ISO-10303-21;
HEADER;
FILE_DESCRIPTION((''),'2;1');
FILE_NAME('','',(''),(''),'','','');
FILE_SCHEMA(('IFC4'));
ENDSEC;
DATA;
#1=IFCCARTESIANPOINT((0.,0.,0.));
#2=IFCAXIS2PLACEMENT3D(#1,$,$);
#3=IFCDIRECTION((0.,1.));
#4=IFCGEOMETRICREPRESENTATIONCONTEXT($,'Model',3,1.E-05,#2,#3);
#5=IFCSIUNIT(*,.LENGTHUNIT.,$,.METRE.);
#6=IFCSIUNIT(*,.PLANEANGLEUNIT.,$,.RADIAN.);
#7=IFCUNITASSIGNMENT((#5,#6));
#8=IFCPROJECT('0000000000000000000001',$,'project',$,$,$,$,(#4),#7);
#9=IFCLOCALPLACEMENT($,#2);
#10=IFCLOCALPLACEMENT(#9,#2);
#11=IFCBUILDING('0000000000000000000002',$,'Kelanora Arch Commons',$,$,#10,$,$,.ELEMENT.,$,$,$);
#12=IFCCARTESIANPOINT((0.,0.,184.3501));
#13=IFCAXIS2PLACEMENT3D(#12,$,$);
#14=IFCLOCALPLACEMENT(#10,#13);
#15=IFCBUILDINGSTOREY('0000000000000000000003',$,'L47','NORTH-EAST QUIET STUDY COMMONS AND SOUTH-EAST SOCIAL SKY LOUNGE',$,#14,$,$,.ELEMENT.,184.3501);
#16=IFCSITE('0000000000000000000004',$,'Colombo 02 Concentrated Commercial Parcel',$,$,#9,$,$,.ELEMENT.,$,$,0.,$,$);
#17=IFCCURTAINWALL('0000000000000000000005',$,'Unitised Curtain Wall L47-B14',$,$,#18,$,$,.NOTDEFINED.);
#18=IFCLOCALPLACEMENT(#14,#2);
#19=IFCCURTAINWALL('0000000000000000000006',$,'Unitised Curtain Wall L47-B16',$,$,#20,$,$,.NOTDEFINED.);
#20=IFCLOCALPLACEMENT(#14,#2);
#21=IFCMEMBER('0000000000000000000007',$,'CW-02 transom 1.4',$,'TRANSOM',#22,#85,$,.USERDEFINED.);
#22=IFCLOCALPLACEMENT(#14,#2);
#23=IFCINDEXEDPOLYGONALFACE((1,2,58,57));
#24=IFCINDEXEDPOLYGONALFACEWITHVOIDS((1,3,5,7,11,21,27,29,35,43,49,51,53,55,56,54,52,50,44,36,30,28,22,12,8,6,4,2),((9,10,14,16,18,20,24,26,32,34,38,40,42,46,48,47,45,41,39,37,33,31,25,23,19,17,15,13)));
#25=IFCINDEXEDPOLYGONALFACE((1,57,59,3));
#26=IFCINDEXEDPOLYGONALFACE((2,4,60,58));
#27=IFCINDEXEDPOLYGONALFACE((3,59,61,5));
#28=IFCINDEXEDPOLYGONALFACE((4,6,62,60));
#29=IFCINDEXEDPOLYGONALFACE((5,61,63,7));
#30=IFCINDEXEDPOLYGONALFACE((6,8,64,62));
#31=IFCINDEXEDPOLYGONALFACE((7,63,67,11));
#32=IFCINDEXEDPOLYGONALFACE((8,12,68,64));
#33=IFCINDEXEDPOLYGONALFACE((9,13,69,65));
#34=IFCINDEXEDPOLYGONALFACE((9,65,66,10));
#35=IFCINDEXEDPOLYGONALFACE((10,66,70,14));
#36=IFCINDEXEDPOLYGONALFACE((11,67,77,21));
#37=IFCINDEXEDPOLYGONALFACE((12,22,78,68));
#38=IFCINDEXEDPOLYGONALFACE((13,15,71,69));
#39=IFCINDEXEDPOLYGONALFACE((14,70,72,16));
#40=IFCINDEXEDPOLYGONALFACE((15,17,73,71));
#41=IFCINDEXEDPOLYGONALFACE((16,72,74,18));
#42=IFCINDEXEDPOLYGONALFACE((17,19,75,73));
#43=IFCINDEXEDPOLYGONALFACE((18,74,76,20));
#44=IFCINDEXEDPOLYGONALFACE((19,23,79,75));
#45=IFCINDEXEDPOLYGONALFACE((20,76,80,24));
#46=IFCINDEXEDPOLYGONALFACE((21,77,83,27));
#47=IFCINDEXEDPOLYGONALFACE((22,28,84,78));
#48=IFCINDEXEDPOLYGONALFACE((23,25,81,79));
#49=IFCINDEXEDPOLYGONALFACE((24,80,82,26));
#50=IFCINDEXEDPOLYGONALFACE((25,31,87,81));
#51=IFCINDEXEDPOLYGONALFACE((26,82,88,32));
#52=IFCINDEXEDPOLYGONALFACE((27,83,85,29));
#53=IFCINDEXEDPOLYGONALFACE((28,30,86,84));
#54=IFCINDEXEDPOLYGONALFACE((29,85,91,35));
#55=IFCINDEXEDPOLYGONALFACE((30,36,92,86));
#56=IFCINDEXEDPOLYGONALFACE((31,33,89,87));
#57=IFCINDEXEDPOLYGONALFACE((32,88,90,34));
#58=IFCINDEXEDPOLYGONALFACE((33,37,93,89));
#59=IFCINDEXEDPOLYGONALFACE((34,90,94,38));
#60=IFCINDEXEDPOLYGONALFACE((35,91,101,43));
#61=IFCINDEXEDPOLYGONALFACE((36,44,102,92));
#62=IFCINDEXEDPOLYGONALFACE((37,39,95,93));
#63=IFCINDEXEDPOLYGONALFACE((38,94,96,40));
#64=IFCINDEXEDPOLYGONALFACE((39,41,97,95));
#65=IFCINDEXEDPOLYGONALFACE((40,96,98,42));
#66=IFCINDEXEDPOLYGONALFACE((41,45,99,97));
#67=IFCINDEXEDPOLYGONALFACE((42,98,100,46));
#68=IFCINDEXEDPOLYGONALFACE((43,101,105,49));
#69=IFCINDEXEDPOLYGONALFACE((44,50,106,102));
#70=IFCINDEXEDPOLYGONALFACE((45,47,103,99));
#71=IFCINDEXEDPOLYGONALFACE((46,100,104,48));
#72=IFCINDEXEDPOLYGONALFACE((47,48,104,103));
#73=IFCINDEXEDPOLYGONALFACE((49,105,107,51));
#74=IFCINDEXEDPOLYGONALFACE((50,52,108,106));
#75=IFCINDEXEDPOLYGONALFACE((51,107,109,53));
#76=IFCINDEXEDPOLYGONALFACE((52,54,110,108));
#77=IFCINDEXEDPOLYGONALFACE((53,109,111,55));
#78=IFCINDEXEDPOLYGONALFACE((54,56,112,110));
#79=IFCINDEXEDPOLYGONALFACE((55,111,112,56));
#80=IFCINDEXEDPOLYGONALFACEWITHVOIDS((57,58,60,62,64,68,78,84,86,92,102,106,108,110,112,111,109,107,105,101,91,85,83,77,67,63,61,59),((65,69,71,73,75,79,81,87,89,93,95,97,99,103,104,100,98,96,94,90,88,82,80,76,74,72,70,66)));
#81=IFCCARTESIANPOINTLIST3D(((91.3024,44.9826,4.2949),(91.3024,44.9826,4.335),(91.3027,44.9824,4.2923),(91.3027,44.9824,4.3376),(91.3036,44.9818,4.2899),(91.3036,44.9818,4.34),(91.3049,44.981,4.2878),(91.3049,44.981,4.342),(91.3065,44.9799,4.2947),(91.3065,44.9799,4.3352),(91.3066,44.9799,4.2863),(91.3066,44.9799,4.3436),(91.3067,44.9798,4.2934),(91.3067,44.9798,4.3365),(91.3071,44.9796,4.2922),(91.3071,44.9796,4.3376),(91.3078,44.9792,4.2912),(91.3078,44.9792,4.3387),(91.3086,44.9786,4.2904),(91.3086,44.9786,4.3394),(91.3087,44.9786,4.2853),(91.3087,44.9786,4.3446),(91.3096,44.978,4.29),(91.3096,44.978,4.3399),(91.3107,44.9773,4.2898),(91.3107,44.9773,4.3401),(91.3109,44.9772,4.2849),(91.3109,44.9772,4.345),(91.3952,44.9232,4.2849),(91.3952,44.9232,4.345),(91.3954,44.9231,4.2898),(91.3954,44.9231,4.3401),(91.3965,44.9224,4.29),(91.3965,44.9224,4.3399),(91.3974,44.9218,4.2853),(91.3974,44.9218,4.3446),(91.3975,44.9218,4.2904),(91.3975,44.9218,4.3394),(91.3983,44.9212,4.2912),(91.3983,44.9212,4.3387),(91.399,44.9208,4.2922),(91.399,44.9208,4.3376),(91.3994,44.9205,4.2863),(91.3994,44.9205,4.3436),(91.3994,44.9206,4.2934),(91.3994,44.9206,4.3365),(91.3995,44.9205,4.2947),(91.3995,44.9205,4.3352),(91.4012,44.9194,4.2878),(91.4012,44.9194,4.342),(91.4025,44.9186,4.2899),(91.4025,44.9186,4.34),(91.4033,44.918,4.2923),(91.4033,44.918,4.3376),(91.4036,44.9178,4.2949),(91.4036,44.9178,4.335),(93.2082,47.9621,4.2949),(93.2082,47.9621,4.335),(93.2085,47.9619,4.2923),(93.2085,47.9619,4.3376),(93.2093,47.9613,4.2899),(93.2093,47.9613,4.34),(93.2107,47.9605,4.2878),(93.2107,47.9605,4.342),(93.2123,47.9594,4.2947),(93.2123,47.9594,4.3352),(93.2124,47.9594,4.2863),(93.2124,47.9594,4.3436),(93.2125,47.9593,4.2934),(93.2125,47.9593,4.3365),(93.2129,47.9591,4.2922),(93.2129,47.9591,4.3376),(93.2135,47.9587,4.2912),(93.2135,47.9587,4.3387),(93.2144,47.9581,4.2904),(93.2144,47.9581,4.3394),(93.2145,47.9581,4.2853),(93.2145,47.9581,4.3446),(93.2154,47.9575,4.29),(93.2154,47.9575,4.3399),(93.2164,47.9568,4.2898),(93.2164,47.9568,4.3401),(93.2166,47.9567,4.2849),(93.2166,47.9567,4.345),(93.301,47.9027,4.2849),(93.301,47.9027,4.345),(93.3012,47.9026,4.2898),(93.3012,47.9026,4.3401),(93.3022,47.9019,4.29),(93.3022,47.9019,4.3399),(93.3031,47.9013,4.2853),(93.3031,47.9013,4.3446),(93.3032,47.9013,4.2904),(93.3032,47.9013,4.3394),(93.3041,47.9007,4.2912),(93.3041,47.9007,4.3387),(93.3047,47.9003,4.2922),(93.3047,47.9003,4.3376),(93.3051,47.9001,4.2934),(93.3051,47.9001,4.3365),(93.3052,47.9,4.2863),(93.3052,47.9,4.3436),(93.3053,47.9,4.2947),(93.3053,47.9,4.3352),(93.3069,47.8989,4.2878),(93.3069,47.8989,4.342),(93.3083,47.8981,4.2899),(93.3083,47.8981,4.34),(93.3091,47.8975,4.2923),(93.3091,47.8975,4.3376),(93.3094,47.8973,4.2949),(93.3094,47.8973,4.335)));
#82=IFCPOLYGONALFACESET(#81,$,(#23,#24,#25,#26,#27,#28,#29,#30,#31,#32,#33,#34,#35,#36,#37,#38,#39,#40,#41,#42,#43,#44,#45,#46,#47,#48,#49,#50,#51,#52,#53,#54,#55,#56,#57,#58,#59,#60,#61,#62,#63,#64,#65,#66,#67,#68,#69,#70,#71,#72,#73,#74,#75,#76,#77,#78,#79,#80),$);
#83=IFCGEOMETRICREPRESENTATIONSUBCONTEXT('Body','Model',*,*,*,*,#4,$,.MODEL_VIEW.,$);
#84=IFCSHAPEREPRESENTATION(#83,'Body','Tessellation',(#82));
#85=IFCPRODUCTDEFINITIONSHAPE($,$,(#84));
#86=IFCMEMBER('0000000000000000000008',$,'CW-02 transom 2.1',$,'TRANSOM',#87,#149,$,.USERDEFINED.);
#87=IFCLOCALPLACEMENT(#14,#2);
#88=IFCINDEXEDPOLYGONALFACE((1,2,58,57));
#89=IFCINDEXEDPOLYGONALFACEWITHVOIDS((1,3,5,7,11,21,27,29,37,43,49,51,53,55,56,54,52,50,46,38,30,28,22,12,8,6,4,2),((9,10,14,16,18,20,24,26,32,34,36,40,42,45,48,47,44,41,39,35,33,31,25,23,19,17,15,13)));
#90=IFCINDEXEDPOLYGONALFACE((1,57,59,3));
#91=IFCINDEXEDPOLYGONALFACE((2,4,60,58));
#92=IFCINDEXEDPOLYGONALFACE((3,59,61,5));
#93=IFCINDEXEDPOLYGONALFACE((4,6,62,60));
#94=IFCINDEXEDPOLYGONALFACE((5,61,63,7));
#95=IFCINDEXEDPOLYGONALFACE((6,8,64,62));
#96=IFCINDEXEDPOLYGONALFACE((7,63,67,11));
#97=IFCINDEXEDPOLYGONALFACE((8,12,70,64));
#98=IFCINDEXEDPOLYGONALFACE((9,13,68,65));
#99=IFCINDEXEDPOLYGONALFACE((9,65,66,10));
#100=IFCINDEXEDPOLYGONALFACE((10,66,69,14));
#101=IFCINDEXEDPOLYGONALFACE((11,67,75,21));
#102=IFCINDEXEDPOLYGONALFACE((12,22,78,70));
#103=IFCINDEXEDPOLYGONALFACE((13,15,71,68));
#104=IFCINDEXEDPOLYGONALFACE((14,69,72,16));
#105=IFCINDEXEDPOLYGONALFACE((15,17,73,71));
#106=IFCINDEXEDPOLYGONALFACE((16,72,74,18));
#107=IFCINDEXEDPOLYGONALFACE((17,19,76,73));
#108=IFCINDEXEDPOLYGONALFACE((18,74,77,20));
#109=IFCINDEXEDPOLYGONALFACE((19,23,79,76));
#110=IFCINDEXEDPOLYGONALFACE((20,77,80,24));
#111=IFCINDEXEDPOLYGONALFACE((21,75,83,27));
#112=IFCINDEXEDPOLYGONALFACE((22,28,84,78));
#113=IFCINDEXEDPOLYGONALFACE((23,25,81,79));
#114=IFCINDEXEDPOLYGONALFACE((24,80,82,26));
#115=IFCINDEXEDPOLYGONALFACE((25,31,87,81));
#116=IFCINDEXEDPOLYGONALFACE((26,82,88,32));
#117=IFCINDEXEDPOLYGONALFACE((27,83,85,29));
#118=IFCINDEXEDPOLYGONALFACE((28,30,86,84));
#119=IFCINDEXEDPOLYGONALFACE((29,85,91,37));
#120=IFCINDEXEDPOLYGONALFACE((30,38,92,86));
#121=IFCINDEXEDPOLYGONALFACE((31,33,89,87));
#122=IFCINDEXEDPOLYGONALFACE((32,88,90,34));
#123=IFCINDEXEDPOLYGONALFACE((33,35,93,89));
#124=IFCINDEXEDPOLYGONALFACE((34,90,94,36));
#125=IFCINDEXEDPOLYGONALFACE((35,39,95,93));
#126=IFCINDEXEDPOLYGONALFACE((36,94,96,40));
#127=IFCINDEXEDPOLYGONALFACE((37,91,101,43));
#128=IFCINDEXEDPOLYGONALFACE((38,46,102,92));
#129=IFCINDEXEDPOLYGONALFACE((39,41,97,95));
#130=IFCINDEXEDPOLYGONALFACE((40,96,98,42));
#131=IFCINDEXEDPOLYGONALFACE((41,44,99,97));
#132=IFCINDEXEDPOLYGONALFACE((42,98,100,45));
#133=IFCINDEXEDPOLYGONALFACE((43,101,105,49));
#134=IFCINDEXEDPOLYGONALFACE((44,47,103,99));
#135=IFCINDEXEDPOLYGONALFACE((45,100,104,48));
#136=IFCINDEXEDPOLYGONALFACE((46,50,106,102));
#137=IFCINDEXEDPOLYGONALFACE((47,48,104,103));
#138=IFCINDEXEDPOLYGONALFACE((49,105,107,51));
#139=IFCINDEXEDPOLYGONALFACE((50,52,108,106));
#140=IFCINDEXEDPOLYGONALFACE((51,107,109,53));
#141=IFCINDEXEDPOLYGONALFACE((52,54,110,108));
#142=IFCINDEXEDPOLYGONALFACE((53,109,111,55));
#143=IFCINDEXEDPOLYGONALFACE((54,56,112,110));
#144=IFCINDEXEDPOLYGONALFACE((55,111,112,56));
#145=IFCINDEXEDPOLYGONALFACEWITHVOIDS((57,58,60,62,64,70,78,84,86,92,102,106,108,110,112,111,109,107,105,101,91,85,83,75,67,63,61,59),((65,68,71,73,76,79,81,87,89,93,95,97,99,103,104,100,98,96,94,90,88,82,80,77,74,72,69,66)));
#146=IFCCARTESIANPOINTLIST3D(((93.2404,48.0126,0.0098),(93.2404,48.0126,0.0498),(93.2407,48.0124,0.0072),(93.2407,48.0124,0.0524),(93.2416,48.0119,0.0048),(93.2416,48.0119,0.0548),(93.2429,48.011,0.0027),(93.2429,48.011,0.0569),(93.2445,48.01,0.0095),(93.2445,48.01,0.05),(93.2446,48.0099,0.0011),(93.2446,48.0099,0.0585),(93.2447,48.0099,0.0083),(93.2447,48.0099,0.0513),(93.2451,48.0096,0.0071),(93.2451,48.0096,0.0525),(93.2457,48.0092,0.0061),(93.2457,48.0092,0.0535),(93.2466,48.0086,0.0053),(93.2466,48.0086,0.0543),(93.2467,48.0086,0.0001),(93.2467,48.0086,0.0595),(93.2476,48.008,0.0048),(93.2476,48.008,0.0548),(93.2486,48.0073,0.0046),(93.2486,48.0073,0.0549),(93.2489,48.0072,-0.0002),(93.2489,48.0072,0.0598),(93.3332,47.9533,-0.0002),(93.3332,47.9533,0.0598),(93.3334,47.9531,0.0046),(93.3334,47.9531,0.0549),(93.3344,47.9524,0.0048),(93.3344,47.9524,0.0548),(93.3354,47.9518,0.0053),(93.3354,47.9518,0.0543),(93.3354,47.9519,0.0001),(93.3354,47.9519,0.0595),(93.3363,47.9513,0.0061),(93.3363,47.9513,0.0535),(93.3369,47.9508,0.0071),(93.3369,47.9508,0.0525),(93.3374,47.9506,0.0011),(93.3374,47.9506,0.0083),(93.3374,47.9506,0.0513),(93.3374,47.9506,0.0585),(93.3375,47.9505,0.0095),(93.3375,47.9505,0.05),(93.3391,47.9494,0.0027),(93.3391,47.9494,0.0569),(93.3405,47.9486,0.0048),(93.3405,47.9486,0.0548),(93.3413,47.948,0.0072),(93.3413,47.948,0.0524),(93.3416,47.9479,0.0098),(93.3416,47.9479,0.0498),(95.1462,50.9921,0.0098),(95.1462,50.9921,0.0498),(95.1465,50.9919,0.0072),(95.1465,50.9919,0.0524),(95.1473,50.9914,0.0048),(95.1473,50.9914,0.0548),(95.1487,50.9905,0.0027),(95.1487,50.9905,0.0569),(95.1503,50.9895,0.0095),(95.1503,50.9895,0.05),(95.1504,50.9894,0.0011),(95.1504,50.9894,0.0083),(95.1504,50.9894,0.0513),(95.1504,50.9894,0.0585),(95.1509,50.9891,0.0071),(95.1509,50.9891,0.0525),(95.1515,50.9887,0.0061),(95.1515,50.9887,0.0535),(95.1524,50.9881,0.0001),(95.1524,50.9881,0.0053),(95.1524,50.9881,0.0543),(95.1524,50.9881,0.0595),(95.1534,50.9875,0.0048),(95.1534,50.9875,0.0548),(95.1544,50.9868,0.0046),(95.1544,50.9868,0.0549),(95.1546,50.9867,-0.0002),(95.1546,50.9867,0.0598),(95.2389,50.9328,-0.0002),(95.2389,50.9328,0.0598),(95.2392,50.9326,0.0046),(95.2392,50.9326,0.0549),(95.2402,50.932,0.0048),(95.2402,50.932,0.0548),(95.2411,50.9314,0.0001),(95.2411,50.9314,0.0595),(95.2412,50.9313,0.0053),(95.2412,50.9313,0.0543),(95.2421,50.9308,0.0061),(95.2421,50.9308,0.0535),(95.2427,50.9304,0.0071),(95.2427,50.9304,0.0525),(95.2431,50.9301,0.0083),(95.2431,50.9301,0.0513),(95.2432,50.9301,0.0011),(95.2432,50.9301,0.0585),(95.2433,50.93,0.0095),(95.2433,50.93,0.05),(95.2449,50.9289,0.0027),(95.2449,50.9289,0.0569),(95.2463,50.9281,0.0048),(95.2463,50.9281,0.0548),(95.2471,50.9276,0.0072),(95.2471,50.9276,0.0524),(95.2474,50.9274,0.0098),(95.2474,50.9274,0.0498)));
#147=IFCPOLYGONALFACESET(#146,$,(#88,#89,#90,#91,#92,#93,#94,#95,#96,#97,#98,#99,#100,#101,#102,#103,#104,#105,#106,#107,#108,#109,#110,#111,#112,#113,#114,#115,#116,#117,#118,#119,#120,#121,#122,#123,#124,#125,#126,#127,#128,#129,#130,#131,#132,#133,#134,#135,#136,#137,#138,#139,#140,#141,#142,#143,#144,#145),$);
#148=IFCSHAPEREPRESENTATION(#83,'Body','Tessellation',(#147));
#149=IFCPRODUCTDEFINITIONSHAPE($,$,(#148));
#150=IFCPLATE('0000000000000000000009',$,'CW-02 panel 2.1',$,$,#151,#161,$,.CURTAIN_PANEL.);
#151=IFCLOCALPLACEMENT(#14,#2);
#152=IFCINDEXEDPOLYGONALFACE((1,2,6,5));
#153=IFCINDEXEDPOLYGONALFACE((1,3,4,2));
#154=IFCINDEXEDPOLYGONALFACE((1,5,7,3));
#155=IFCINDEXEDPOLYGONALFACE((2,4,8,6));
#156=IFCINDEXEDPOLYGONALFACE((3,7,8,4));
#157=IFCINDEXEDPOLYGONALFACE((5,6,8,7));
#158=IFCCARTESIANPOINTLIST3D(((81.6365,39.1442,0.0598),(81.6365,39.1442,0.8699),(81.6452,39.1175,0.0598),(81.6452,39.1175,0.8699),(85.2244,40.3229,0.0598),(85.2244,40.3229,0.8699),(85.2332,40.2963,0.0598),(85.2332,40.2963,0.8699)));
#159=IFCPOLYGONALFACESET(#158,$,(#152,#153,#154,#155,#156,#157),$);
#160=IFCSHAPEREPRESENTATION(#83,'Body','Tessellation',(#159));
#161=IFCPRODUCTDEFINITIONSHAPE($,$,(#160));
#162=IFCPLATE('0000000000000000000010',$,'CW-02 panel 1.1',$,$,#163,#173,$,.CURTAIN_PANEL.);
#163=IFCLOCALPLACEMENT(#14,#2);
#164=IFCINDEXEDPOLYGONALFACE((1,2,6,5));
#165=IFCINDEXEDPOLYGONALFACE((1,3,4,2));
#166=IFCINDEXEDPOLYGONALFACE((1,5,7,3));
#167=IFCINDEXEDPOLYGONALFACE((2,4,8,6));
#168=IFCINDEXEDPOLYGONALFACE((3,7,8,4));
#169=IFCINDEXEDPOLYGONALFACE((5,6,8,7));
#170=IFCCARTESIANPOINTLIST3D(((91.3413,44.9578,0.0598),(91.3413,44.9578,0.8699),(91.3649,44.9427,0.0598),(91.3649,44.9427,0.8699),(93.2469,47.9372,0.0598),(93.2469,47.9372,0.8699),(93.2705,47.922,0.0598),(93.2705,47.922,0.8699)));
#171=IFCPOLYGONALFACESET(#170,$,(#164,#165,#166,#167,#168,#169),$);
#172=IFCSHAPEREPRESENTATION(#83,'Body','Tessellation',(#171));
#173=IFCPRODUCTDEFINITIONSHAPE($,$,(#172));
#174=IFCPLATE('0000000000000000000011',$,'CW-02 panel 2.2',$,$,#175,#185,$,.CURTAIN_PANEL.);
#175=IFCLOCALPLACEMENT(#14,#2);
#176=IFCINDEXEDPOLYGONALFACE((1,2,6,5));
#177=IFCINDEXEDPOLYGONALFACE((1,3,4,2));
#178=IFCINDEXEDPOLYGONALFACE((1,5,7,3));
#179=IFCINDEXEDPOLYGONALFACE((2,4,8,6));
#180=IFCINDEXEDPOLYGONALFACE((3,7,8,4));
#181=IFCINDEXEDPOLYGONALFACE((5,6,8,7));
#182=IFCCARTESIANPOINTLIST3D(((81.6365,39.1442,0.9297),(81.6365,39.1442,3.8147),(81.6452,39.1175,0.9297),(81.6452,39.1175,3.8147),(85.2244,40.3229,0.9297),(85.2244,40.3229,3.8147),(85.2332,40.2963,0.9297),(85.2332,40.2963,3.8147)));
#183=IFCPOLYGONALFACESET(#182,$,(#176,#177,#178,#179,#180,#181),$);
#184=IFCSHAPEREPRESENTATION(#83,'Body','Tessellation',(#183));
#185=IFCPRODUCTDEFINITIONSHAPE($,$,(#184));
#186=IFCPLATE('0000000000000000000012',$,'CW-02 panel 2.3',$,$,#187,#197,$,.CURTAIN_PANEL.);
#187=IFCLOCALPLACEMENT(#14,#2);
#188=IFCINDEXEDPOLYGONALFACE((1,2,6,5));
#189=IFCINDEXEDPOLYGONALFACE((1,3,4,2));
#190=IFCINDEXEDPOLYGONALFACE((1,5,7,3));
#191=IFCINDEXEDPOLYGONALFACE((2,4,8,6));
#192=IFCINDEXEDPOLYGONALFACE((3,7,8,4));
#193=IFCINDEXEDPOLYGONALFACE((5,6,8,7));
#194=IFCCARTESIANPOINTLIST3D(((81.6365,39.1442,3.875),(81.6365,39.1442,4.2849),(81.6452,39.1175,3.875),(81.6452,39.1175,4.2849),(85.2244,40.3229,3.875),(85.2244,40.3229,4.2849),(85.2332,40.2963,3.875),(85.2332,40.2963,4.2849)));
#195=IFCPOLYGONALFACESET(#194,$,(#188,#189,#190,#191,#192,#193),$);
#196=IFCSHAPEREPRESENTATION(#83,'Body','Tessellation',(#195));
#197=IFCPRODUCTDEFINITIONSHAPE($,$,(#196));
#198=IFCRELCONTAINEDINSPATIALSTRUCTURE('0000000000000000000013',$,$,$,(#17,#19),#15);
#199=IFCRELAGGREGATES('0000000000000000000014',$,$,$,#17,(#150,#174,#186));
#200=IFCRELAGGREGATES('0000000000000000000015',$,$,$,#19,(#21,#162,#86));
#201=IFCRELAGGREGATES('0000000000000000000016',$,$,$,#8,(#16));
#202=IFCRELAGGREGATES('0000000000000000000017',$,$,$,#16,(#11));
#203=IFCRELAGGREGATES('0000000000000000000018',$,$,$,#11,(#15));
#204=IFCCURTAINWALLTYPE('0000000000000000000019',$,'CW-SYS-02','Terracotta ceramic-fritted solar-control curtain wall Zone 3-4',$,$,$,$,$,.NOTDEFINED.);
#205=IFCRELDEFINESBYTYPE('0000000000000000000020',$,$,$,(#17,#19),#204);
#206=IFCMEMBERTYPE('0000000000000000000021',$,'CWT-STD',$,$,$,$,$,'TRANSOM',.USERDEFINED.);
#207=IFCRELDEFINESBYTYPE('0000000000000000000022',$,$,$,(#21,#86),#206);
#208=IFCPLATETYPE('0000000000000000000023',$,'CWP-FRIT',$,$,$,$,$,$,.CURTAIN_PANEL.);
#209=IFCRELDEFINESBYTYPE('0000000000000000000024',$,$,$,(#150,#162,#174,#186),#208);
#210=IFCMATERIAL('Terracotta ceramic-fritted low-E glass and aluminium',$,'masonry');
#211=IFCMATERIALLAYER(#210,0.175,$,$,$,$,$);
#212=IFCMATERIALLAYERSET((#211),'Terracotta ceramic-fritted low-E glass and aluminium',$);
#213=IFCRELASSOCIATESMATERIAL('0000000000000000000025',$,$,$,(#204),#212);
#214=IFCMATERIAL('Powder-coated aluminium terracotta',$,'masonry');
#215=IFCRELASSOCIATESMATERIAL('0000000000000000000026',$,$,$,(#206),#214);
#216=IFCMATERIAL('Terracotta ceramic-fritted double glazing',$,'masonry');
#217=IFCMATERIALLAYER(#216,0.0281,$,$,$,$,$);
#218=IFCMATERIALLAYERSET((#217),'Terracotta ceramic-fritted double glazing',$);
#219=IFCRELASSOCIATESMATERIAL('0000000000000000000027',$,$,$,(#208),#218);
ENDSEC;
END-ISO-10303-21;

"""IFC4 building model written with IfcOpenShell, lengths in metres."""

from ifc_helpers import new_model, si_unit, direction, frame, origin, origin_2d, place, context, subcontext, project, spatial, rectangle, hollow_rectangle, extrude, source, transform, mapped, material, layer, layer_set, material_profile, profile_set, type_object, element, aggregate, save


model = new_model("IFC4")

# Units and contexts
model_context = context("Model", 3, precision=1e-05, world=origin(), true_north=direction((0.0, 1.0)))
body_context = subcontext(model_context, "Body", "Model", "MODEL_VIEW")
ifc_project = project(units=[si_unit("LENGTHUNIT", "METRE"), si_unit("PLANEANGLEUNIT", "RADIAN")], contexts=[model_context])

# Site, building, storey
site_placement = place(None, origin())
site = spatial("IfcSite", under=ifc_project, at=site_placement, Name="Colombo 02 Concentrated Commercial Parcel", CompositionType="ELEMENT", RefElevation=0.0)
building_placement = place(site_placement, origin())
building = spatial("IfcBuilding", under=site, at=building_placement, Name="Kelanora Arch Commons", CompositionType="ELEMENT")
storey_placement = place(building_placement, frame((0.0, 0.0, 184.3501)))
storey = spatial("IfcBuildingStorey", under=building, at=storey_placement, Name="L47", Description="NORTH-EAST QUIET STUDY COMMONS AND SOUTH-EAST SOCIAL SKY LOUNGE", CompositionType="ELEMENT", Elevation=184.3501)

# Curtain wall
ifc_material_1 = material(Name="Terracotta ceramic-fritted low-E glass and aluminium", Category="masonry")
ifc_layer_1 = layer(ifc_material_1, 0.175)
ifc_layer_set_1 = layer_set([ifc_layer_1], Name="Terracotta ceramic-fritted low-E glass and aluminium")
curtain_wall_type = type_object("IfcCurtainWallType", Name="CW-SYS-02", Description="Terracotta ceramic-fritted solar-control curtain wall Zone 3-4", PredefinedType="NOTDEFINED", material=ifc_layer_set_1)
curtain_wall_1_placement = place(storey_placement, origin())
curtain_wall_1 = element("IfcCurtainWall", 1, at=curtain_wall_1_placement, inside=storey, type_object=curtain_wall_type, Name="Unitised Curtain Wall L47-B14", PredefinedType="NOTDEFINED")
ifc_material_2 = material(Name="Powder-coated aluminium terracotta", Category="masonry")

# Curtain wall, members
curtain_wall_2_placement = place(storey_placement, origin())
curtain_wall_2 = element("IfcCurtainWall", 2, at=curtain_wall_2_placement, inside=storey, type_object=curtain_wall_type, Name="Unitised Curtain Wall L47-B16", PredefinedType="NOTDEFINED")
ifc_material_profile_1 = material_profile(ifc_material_2, hollow_rectangle(XDim=0.1201, YDim=0.0601, WallThickness=0.0049, InnerFilletRadius=0.0049, OuterFilletRadius=0.01, at=origin_2d()), Name="CWT120x60")
ifc_profile_set_1 = profile_set([ifc_material_profile_1], Name="Powder-coated aluminium terracotta")
member_type_1 = type_object("IfcMemberType", Name="CWT-STD", ElementType="TRANSOM", PredefinedType="USERDEFINED", material=ifc_profile_set_1)
member_1_placement = place(storey_placement, frame((91.353, 44.9502, 4.3149), z_axis=(0.53883, 0.842414, 0.0), x_axis=(-0.842414, 0.53883, 0.0)))
member_1 = element("IfcMember", 3, at=member_1_placement, type_object=member_type_1, Name="CW-02 transom 1.4", ObjectType="TRANSOM", PredefinedType="USERDEFINED", context=body_context, shape_type="SweptSolid", body=[
    extrude(hollow_rectangle(XDim=0.1201, YDim=0.0601, WallThickness=0.0049, InnerFilletRadius=0.0049, OuterFilletRadius=0.01, at=origin_2d()), origin(), (0.0, 0.0, 1.0), 3.5369),
])
member_2_placement = place(storey_placement, frame((93.291, 47.9802, 0.0298), z_axis=(0.53883, 0.842414, 0.0), x_axis=(-0.842414, 0.53883, 0.0)))
member_2 = element("IfcMember", 4, at=member_2_placement, type_object=member_type_1, Name="CW-02 transom 2.1", ObjectType="TRANSOM", PredefinedType="USERDEFINED", context=body_context, shape_type="SweptSolid", body=[
    extrude(hollow_rectangle(XDim=0.1201, YDim=0.0601, WallThickness=0.0049, InnerFilletRadius=0.0049, OuterFilletRadius=0.01, at=origin_2d()), origin(), (0.0, 0.0, 1.0), 3.5369),
])

# Plates
ifc_material_3 = material(Name="Terracotta ceramic-fritted double glazing", Category="masonry")
ifc_layer_2 = layer(ifc_material_3, 0.0281)
ifc_layer_set_2 = layer_set([ifc_layer_2], Name="Terracotta ceramic-fritted double glazing")
plate_type = type_object("IfcPlateType", Name="CWP-FRIT", PredefinedType="CURTAIN_PANEL", material=ifc_layer_set_2)
shared_shape_1 = source(origin(), body_context, "Body", "SweptSolid", [
    extrude(rectangle(XDim=3.7766, YDim=0.0281, at=origin_2d()), origin(), (0.0, 0.0, 1.0), 0.8101),
])
plate_1_placement = place(storey_placement, frame((83.4348, 39.7202, 0.0598), z_axis=(0.0, 0.0, 1.0), x_axis=(0.95004, 0.312128, 0.0)))
plate_1 = element("IfcPlate", 5, at=plate_1_placement, type_object=plate_type, Name="CW-02 panel 2.1", PredefinedType="CURTAIN_PANEL", context=body_context, shape_type="MappedRepresentation", body=[
    mapped(shared_shape_1, transform((0.0, 0.0, 0.0), scale=1.0)),
])
shared_shape_2 = source(origin(), body_context, "Body", "SweptSolid", [
    extrude(rectangle(XDim=3.5366, YDim=0.0281, at=origin_2d()), origin(), (0.0, 0.0, 1.0), 0.8101),
])
plate_2_placement = place(storey_placement, frame((92.3059, 46.4399, 0.0598), z_axis=(0.0, 0.0, 1.0), x_axis=(0.538817, 0.842423, 0.0)))
plate_2 = element("IfcPlate", 6, at=plate_2_placement, type_object=plate_type, Name="CW-02 panel 1.1", PredefinedType="CURTAIN_PANEL", context=body_context, shape_type="MappedRepresentation", body=[
    mapped(shared_shape_2, transform((0.0, 0.0, 0.0), scale=1.0)),
])
shared_shape_3 = source(origin(), body_context, "Body", "SweptSolid", [
    extrude(rectangle(XDim=3.7766, YDim=0.0281, at=origin_2d()), origin(), (0.0, 0.0, 1.0), 2.885),
])
plate_3_placement = place(storey_placement, frame((83.4348, 39.7202, 0.9297), z_axis=(0.0, 0.0, 1.0), x_axis=(0.95004, 0.312128, 0.0)))
plate_3 = element("IfcPlate", 7, at=plate_3_placement, type_object=plate_type, Name="CW-02 panel 2.2", PredefinedType="CURTAIN_PANEL", context=body_context, shape_type="MappedRepresentation", body=[
    mapped(shared_shape_3, transform((0.0, 0.0, 0.0), scale=1.0)),
])
shared_shape_4 = source(origin(), body_context, "Body", "SweptSolid", [
    extrude(rectangle(XDim=3.7766, YDim=0.0281, at=origin_2d()), origin(), (0.0, 0.0, 1.0), 0.4099),
])
plate_4_placement = place(storey_placement, frame((83.4348, 39.7202, 3.875), z_axis=(0.0, 0.0, 1.0), x_axis=(0.95004, 0.312128, 0.0)))
plate_4 = element("IfcPlate", 8, at=plate_4_placement, type_object=plate_type, Name="CW-02 panel 2.3", PredefinedType="CURTAIN_PANEL", context=body_context, shape_type="MappedRepresentation", body=[
    mapped(shared_shape_4, transform((0.0, 0.0, 0.0), scale=1.0)),
])
aggregate(curtain_wall_1, [plate_1, plate_3, plate_4])
aggregate(curtain_wall_2, [member_1, plate_2, member_2])

save(model, "model.ifc")
